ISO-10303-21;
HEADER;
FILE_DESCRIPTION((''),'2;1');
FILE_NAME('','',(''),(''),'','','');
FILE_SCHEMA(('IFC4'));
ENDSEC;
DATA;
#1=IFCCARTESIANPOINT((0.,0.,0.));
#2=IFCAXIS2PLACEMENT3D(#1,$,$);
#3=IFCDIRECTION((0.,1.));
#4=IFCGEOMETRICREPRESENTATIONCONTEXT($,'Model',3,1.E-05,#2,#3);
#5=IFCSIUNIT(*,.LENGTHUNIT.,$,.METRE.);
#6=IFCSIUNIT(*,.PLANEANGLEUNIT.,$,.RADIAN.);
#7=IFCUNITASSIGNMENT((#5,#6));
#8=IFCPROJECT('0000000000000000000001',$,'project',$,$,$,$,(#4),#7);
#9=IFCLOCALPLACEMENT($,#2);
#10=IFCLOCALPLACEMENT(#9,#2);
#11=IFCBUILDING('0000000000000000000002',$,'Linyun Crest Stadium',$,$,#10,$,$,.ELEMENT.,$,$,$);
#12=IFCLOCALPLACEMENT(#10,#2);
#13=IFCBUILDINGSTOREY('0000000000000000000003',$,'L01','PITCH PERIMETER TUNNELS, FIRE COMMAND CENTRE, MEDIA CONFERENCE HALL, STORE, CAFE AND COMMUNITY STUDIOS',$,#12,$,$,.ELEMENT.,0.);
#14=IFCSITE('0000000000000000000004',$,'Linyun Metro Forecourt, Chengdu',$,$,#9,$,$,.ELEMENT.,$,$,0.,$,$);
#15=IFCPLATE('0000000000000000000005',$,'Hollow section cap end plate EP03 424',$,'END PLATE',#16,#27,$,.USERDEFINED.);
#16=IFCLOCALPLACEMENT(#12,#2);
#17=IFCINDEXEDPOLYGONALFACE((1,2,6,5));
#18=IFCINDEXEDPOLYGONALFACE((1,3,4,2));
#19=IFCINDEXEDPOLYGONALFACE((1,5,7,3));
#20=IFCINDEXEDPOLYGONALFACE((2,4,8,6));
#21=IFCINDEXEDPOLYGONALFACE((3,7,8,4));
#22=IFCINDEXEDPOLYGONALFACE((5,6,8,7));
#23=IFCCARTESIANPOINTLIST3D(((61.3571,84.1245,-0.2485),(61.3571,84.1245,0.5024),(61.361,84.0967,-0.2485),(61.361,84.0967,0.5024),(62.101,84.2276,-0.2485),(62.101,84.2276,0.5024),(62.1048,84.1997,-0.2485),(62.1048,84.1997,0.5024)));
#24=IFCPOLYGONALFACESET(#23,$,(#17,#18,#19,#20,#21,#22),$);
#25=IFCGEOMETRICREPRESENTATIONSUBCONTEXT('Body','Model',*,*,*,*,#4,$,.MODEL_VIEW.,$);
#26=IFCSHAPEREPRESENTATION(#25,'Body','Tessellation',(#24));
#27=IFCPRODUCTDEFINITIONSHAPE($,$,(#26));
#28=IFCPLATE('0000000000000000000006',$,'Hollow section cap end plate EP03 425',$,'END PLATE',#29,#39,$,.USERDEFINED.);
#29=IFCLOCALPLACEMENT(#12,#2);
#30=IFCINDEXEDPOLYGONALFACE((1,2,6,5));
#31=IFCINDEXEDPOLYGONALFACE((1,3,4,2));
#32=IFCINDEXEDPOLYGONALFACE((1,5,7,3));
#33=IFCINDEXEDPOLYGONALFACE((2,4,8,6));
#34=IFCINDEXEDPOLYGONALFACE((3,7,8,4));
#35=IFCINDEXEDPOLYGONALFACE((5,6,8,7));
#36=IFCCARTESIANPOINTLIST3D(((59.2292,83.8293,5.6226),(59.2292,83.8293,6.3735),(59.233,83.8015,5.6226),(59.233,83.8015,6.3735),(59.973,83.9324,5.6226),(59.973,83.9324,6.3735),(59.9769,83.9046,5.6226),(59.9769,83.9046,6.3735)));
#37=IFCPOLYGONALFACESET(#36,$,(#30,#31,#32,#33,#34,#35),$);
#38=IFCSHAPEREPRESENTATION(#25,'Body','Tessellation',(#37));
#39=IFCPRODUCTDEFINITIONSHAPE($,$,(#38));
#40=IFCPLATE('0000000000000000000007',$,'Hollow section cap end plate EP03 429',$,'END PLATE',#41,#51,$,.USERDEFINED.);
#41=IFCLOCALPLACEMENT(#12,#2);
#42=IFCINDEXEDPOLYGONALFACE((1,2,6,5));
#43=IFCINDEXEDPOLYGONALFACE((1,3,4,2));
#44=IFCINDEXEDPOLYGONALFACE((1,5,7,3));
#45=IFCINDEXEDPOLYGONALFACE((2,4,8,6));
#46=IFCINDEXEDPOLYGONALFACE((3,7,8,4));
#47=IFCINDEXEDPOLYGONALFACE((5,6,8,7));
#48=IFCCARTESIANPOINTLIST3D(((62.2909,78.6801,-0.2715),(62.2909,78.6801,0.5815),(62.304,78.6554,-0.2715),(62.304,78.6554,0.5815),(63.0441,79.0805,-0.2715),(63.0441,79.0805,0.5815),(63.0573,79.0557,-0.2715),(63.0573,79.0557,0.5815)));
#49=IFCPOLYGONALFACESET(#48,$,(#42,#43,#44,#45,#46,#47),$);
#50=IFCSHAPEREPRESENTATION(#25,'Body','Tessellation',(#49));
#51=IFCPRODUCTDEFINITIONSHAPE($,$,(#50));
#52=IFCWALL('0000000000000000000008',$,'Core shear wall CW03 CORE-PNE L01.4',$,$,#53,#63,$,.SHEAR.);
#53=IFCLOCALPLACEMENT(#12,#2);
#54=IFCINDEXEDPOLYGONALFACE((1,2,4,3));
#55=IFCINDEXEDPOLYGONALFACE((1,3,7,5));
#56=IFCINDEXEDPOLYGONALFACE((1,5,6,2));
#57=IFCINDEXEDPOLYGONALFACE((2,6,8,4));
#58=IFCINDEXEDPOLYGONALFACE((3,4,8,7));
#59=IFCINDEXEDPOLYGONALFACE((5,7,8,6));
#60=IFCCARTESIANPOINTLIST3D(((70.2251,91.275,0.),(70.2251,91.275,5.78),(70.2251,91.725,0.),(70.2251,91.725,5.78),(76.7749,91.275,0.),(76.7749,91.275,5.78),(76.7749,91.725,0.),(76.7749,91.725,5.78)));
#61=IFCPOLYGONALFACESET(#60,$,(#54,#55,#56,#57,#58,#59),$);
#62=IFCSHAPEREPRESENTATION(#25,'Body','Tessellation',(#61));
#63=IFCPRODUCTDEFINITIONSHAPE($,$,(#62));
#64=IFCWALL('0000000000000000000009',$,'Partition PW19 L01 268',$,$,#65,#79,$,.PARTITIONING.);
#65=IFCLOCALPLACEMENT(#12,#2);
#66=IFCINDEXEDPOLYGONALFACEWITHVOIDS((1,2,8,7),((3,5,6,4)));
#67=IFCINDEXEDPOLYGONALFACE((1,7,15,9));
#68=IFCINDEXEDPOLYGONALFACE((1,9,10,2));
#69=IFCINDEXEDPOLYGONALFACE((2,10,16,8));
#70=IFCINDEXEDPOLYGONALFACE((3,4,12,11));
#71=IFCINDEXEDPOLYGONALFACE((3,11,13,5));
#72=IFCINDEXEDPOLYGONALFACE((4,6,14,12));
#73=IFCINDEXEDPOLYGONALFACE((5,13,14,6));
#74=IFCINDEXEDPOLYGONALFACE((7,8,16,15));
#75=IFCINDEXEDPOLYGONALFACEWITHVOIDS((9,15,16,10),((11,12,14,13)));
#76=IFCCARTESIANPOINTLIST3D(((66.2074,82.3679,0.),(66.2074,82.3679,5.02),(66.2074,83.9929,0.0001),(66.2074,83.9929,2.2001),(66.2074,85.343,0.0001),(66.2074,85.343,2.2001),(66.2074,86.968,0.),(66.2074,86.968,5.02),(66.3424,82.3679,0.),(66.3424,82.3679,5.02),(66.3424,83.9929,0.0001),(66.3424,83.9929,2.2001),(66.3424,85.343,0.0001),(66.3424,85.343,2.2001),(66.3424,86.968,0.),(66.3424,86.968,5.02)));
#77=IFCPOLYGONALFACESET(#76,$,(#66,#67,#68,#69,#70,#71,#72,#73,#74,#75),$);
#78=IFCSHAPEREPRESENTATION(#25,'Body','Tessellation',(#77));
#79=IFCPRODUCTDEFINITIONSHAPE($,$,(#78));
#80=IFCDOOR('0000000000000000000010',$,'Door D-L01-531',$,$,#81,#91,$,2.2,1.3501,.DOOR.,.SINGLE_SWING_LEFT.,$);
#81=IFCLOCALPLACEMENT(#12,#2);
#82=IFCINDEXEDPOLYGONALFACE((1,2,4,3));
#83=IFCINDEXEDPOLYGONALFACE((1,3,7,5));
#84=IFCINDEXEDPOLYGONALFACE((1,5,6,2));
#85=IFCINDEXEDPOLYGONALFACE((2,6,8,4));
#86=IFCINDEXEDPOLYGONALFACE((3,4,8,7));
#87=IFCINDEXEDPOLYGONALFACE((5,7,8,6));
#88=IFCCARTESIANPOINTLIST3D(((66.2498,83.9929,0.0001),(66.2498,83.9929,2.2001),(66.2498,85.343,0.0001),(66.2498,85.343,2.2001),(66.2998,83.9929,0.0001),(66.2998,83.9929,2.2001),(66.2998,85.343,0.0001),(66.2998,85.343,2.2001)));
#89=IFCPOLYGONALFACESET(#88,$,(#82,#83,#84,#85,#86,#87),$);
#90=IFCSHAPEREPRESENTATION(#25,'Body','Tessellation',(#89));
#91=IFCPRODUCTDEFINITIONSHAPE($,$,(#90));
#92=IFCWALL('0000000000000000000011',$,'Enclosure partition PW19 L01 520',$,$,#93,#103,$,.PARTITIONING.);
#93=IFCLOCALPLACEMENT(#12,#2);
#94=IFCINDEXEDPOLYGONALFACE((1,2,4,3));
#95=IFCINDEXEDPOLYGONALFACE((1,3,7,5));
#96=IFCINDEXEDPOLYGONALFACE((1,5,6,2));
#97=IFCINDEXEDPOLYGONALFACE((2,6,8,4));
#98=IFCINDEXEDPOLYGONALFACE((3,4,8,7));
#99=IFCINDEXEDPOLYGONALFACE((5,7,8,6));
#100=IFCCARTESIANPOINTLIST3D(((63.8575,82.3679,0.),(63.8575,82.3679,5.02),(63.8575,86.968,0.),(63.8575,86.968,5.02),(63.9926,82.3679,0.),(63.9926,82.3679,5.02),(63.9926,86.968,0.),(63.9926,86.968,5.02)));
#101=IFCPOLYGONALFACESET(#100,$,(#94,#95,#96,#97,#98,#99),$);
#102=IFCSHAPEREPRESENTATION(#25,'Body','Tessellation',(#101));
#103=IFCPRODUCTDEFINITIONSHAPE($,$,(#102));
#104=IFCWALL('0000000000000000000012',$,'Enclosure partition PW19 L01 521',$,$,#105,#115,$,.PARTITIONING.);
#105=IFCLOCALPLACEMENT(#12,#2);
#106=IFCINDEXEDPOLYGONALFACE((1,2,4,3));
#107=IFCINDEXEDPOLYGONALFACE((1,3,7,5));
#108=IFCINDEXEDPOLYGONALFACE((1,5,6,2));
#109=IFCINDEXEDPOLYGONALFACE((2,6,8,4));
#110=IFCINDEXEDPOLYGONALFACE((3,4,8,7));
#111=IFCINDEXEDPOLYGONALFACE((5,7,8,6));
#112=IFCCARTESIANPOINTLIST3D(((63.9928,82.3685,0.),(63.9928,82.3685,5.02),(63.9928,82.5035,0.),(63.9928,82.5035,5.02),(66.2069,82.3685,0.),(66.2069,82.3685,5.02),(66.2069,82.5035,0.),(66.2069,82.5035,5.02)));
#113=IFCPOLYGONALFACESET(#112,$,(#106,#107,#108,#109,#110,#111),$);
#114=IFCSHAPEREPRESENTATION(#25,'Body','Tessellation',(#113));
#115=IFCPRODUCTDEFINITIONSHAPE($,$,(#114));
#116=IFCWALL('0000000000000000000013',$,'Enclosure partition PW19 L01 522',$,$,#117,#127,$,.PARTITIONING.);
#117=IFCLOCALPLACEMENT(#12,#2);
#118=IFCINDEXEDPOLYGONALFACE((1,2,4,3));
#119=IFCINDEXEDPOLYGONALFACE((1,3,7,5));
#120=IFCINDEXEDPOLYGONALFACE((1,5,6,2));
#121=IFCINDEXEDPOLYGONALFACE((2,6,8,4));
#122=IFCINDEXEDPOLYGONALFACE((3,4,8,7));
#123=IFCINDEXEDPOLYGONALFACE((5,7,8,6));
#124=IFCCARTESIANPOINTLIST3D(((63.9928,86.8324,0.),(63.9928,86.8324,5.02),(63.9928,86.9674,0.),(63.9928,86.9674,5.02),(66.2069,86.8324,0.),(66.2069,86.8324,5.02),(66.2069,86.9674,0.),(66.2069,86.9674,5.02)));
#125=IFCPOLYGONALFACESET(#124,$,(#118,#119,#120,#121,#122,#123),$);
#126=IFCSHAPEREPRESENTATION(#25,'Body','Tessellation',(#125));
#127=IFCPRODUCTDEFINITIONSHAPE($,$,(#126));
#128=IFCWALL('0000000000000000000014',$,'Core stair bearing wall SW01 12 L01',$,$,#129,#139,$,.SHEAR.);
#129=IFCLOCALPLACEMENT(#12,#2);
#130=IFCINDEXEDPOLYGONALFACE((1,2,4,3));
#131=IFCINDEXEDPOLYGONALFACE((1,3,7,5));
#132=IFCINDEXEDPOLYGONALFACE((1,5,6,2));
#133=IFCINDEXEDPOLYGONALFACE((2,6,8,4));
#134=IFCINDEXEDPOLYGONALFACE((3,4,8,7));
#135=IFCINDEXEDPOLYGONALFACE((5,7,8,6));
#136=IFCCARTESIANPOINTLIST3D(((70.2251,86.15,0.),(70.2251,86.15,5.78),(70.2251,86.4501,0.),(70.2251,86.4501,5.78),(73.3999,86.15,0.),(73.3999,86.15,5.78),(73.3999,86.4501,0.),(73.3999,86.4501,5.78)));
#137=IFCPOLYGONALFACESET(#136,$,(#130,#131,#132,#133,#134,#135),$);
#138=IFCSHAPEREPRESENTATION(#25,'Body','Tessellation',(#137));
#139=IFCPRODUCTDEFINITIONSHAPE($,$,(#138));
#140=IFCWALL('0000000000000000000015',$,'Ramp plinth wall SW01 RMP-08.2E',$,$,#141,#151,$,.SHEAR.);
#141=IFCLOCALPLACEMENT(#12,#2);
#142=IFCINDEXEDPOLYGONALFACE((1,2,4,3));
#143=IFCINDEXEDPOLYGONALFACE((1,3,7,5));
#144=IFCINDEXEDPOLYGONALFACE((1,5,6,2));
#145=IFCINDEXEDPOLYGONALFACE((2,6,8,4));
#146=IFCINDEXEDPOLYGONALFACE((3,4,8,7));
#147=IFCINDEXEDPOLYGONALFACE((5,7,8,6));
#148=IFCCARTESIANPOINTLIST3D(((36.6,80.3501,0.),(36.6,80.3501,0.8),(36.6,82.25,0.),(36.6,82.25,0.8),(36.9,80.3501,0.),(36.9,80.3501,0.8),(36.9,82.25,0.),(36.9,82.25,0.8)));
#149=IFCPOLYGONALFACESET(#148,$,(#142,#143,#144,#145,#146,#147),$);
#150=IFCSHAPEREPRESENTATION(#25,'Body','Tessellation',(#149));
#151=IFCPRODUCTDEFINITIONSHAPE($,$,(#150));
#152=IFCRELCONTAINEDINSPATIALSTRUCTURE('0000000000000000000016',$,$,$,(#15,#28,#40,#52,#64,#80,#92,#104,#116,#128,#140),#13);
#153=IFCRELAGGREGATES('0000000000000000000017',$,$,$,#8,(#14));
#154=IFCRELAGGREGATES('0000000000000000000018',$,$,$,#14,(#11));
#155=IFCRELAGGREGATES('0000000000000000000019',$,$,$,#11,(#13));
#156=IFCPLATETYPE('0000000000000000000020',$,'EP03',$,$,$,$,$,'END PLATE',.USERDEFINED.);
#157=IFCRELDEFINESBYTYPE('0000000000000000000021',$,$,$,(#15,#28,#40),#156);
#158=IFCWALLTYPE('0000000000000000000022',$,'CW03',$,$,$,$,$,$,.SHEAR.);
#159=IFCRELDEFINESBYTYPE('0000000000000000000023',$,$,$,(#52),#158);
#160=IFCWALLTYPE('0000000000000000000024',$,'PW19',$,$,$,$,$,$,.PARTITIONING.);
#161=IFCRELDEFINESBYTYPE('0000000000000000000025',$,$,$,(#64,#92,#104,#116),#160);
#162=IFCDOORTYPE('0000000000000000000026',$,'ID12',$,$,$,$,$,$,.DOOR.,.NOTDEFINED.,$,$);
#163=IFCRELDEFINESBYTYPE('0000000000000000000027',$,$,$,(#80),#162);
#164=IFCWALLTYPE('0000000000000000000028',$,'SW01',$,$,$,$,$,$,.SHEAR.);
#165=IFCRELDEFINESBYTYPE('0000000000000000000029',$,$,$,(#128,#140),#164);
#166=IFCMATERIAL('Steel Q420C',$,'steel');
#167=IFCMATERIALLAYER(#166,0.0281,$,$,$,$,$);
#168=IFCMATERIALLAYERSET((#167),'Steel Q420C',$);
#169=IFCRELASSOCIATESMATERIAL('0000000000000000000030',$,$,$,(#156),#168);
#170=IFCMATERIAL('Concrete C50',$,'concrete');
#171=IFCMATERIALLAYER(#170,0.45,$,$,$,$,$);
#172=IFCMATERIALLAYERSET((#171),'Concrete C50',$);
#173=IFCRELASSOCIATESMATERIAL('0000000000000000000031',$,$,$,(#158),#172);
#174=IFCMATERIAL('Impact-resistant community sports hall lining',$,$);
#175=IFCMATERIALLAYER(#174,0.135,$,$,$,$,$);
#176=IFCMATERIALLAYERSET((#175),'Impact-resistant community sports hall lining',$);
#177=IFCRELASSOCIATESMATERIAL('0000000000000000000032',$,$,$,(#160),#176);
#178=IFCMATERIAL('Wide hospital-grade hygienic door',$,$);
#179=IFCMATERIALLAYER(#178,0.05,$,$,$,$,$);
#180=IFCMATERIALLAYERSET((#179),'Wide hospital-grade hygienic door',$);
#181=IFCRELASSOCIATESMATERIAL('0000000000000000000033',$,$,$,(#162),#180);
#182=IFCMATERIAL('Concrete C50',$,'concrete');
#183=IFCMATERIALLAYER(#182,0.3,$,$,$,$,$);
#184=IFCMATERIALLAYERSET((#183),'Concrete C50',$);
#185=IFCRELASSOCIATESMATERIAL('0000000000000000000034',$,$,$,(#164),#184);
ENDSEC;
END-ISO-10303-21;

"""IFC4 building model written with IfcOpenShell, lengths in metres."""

from ifc_helpers import new_model, si_unit, direction, frame, frame_2d, origin, origin_2d, place, context, subcontext, project, spatial, rectangle, extrude, material, layer, layer_set, type_object, element, fill, save


model = new_model("IFC4")

# Units and contexts
model_context = context("Model", 3, precision=1e-05, world=origin(), true_north=direction((0.0, 1.0)))
body_context = subcontext(model_context, "Body", "Model", "MODEL_VIEW")
ifc_project = project(units=[si_unit("LENGTHUNIT", "METRE"), si_unit("PLANEANGLEUNIT", "RADIAN")], contexts=[model_context])

# Site, building, storey
site_placement = place(None, origin())
site = spatial("IfcSite", under=ifc_project, at=site_placement, Name="Linyun Metro Forecourt, Chengdu", CompositionType="ELEMENT", RefElevation=0.0)
building_placement = place(site_placement, origin())
building = spatial("IfcBuilding", under=site, at=building_placement, Name="Linyun Crest Stadium", CompositionType="ELEMENT")
storey_placement = place(building_placement, origin())
storey = spatial("IfcBuildingStorey", under=building, at=storey_placement, Name="L01", Description="PITCH PERIMETER TUNNELS, FIRE COMMAND CENTRE, MEDIA CONFERENCE HALL, STORE, CAFE AND COMMUNITY STUDIOS", CompositionType="ELEMENT", Elevation=0.0)

# Plates
ifc_material_1 = material(Name="Steel Q420C", Category="steel")
ifc_layer_1 = layer(ifc_material_1, 0.0281)
ifc_layer_set_1 = layer_set([ifc_layer_1], Name="Steel Q420C")
plate_type = type_object("IfcPlateType", Name="EP03", ElementType="END PLATE", PredefinedType="USERDEFINED", material=ifc_layer_set_1)
for number, where, z_axis, x_axis, name in (
    (1, (61.731, 84.1621, -0.2485), (0.0, 0.0, 1.0), (-0.990533, -0.137272, 0.0), "Hollow section cap end plate EP03 424"),
    (2, (59.603, 83.8669, 5.6226), (0.0, 0.0, 1.0), (-0.990533, -0.137272, 0.0), "Hollow section cap end plate EP03 425"),
):
    element("IfcPlate", number, at=place(storey_placement, frame(where, z_axis=z_axis, x_axis=x_axis)), inside=storey, type_object=plate_type, Name=name, ObjectType="END PLATE", PredefinedType="USERDEFINED", context=body_context, shape_type="SweptSolid", body=[
        extrude(rectangle(XDim=0.751, YDim=0.0281, at=origin_2d()), origin(), (0.0, 0.0, 1.0), 0.751),
    ])
plate_placement = place(storey_placement, frame((62.6741, 78.8679, -0.2715), z_axis=(0.0, 0.0, 1.0), x_axis=(-0.88303, -0.469317, 0.0)))
element("IfcPlate", 3, at=plate_placement, inside=storey, type_object=plate_type, Name="Hollow section cap end plate EP03 429", ObjectType="END PLATE", PredefinedType="USERDEFINED", context=body_context, shape_type="SweptSolid", body=[
    extrude(rectangle(XDim=0.853, YDim=0.0281, at=origin_2d()), origin(), (0.0, 0.0, 1.0), 0.853),
])

# Wall
ifc_material_2 = material(Name="Concrete C50", Category="concrete")
ifc_layer_2 = layer(ifc_material_2, 0.45)
ifc_layer_set_2 = layer_set([ifc_layer_2], Name="Concrete C50")
wall_type_1 = type_object("IfcWallType", Name="CW03", PredefinedType="SHEAR", material=ifc_layer_set_2)
wall_1_placement = place(storey_placement, frame((70.2251, 91.5, 0.0), z_axis=(0.0, 0.0, 1.0), x_axis=(1.0, 0.0, 0.0)))
element("IfcWall", 4, at=wall_1_placement, inside=storey, type_object=wall_type_1, Name="Core shear wall CW03 CORE-PNE L01.4", PredefinedType="SHEAR", context=body_context, shape_type="SweptSolid", body=[
    extrude(rectangle(XDim=6.5498, YDim=0.45, at=frame_2d((3.2749, 0.0))), origin(), (0.0, 0.0, 1.0), 5.78),
])

# Wall, opening, door
ifc_material_3 = material(Name="Impact-resistant community sports hall lining")
ifc_layer_3 = layer(ifc_material_3, 0.135)
ifc_layer_set_3 = layer_set([ifc_layer_3], Name="Impact-resistant community sports hall lining")
wall_type_2 = type_object("IfcWallType", Name="PW19", PredefinedType="PARTITIONING", material=ifc_layer_set_3)
wall_2_placement = place(storey_placement, frame((66.2749, 86.968, 0.0), z_axis=(0.0, 0.0, 1.0), x_axis=(0.0, -1.0, 0.0)))
wall_2 = element("IfcWall", 5, at=wall_2_placement, inside=storey, type_object=wall_type_2, Name="Partition PW19 L01 268", PredefinedType="PARTITIONING", context=body_context, shape_type="SweptSolid", body=[
    extrude(rectangle(XDim=4.6001, YDim=0.135, at=frame_2d((2.3, 0.0))), origin(), (0.0, 0.0, 1.0), 5.02),
])
opening_placement = place(wall_2_placement, frame((1.625, 0.0, 0.0)))
opening = element("IfcOpeningElement", 6, at=opening_placement, cuts=wall_2, PredefinedType="OPENING", context=body_context, shape_type="SweptSolid", body=[
    extrude(rectangle(XDim=1.3501, YDim=2.2, at=frame_2d((0.675, 1.1001))), frame((0.0, 0.0774, 0.0), z_axis=(0.0, -1.0, 0.0), x_axis=(1.0, 0.0, 0.0)), (0.0, 0.0, 1.0), 0.155),
])
ifc_material_4 = material(Name="Wide hospital-grade hygienic door")
ifc_layer_4 = layer(ifc_material_4, 0.05)
ifc_layer_set_4 = layer_set([ifc_layer_4], Name="Wide hospital-grade hygienic door")
door_type = type_object("IfcDoorType", Name="ID12", OperationType="NOTDEFINED", PredefinedType="DOOR", material=ifc_layer_set_4)
door_placement = place(opening_placement, origin())
door = element("IfcDoor", 7, at=door_placement, inside=storey, type_object=door_type, Name="Door D-L01-531", OperationType="SINGLE_SWING_LEFT", OverallHeight=2.2, OverallWidth=1.3501, PredefinedType="DOOR", context=body_context, shape_type="SweptSolid", body=[
    extrude(rectangle(XDim=1.3501, YDim=2.2, at=frame_2d((0.675, 1.1001))), frame((0.0, 0.0249, 0.0), z_axis=(0.0, -1.0, 0.0), x_axis=(1.0, 0.0, 0.0)), (0.0, 0.0, 1.0), 0.05),
])
fill(opening, door)

# Walls
wall_3_placement = place(storey_placement, frame((63.925, 82.3679, 0.0), z_axis=(0.0, 0.0, 1.0), x_axis=(0.0, 1.0, 0.0)))
element("IfcWall", 8, at=wall_3_placement, inside=storey, type_object=wall_type_2, Name="Enclosure partition PW19 L01 520", PredefinedType="PARTITIONING", context=body_context, shape_type="SweptSolid", body=[
    extrude(rectangle(XDim=4.6001, YDim=0.135, at=frame_2d((2.3, 0.0))), origin(), (0.0, 0.0, 1.0), 5.02),
])
for number, where, z_axis, x_axis, name in (
    (9, (63.9929, 82.436, 0.0), (0.0, 0.0, 1.0), (1.0, 0.0, 0.0), "Enclosure partition PW19 L01 521"),
    (10, (63.9929, 86.8999, 0.0), (0.0, 0.0, 1.0), (1.0, 0.0, 0.0), "Enclosure partition PW19 L01 522"),
):
    element("IfcWall", number, at=place(storey_placement, frame(where, z_axis=z_axis, x_axis=x_axis)), inside=storey, type_object=wall_type_2, Name=name, PredefinedType="PARTITIONING", context=body_context, shape_type="SweptSolid", body=[
        extrude(rectangle(XDim=2.2141, YDim=0.135, at=frame_2d((1.1069, 0.0))), origin(), (0.0, 0.0, 1.0), 5.02),
    ])
ifc_material_5 = material(Name="Concrete C50", Category="concrete")
ifc_layer_5 = layer(ifc_material_5, 0.3)
ifc_layer_set_5 = layer_set([ifc_layer_5], Name="Concrete C50")
wall_type_3 = type_object("IfcWallType", Name="SW01", PredefinedType="SHEAR", material=ifc_layer_set_5)
wall_4_placement = place(storey_placement, frame((70.2251, 86.3, 0.0), z_axis=(0.0, 0.0, 1.0), x_axis=(1.0, 0.0, 0.0)))
element("IfcWall", 11, at=wall_4_placement, inside=storey, type_object=wall_type_3, Name="Core stair bearing wall SW01 12 L01", PredefinedType="SHEAR", context=body_context, shape_type="SweptSolid", body=[
    extrude(rectangle(XDim=3.1748, YDim=0.3, at=frame_2d((1.5874, 0.0))), origin(), (0.0, 0.0, 1.0), 5.78),
])
wall_5_placement = place(storey_placement, frame((36.75, 80.3501, 0.0), z_axis=(0.0, 0.0, 1.0), x_axis=(0.0, 1.0, 0.0)))
element("IfcWall", 12, at=wall_5_placement, inside=storey, type_object=wall_type_3, Name="Ramp plinth wall SW01 RMP-08.2E", PredefinedType="SHEAR", context=body_context, shape_type="SweptSolid", body=[
    extrude(rectangle(XDim=1.8999, YDim=0.3, at=frame_2d((0.95, 0.0))), origin(), (0.0, 0.0, 1.0), 0.8),
])

save(model, "model.ifc")
